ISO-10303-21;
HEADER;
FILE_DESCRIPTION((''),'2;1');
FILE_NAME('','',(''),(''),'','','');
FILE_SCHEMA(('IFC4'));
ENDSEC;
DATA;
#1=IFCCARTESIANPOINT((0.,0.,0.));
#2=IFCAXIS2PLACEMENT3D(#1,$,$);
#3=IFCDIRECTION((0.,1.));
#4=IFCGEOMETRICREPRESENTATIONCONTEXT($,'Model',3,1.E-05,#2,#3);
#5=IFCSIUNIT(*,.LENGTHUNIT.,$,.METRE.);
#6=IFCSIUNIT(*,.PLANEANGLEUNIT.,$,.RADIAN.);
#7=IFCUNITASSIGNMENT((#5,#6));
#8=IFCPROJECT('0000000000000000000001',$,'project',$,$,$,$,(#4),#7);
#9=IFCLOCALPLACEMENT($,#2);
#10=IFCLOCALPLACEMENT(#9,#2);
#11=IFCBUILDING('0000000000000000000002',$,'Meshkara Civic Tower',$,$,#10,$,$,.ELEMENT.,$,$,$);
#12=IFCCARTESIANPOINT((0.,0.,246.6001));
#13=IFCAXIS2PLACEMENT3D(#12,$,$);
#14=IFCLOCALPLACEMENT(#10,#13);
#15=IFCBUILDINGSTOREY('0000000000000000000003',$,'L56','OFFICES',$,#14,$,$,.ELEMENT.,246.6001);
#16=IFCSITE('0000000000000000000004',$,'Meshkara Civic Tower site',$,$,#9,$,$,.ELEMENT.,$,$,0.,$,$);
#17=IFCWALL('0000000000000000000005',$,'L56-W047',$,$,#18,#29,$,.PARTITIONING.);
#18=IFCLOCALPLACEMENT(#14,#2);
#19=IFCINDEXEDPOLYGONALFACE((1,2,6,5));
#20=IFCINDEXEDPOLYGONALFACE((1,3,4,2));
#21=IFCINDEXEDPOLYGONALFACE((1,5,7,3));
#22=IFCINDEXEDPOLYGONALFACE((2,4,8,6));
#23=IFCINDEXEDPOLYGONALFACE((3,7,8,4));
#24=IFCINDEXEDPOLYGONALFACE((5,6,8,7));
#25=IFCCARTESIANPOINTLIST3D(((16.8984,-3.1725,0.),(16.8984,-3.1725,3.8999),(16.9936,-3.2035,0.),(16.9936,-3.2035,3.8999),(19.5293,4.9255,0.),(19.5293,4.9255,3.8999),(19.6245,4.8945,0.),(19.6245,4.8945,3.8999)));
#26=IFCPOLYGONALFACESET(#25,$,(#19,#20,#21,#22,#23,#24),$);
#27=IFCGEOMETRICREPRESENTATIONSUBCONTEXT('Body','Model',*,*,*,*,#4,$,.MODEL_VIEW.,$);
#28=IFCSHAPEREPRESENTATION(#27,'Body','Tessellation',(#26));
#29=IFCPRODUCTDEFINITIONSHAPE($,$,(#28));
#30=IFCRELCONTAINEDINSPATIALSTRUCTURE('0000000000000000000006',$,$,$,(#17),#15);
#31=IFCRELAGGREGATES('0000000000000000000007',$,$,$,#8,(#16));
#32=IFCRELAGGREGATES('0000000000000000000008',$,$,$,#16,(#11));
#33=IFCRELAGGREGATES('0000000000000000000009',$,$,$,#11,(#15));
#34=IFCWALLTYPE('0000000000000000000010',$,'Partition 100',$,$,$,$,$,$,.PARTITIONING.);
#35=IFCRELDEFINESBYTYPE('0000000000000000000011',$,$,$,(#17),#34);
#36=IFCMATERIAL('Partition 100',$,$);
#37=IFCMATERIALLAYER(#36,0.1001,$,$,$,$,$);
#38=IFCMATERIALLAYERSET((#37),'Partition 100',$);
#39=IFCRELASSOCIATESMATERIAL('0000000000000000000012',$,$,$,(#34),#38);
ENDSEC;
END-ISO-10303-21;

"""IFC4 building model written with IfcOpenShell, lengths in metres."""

from ifc_helpers import new_model, si_unit, direction, frame, frame_2d, origin, place, context, subcontext, project, spatial, rectangle, extrude, material, layer, layer_set, type_object, element, save


model = new_model("IFC4")

# Units and contexts
model_context = context("Model", 3, precision=1e-05, world=origin(), true_north=direction((0.0, 1.0)))
body_context = subcontext(model_context, "Body", "Model", "MODEL_VIEW")
ifc_project = project(units=[si_unit("LENGTHUNIT", "METRE"), si_unit("PLANEANGLEUNIT", "RADIAN")], contexts=[model_context])

# Site, building, storey
site_placement = place(None, origin())
site = spatial("IfcSite", under=ifc_project, at=site_placement, Name="Meshkara Civic Tower site", CompositionType="ELEMENT", RefElevation=0.0)
building_placement = place(site_placement, origin())
building = spatial("IfcBuilding", under=site, at=building_placement, Name="Meshkara Civic Tower", CompositionType="ELEMENT")
storey_placement = place(building_placement, frame((0.0, 0.0, 246.6001)))
storey = spatial("IfcBuildingStorey", under=building, at=storey_placement, Name="L56", Description="OFFICES", CompositionType="ELEMENT", Elevation=246.6001)

# Wall
ifc_material_1 = material(Name="Partition 100")
ifc_layer_1 = layer(ifc_material_1, 0.1001)
ifc_layer_set_1 = layer_set([ifc_layer_1], Name="Partition 100")
wall_type_1 = type_object("IfcWallType", Name="Partition 100", PredefinedType="PARTITIONING", material=ifc_layer_set_1)
wall_1_placement = place(storey_placement, frame((16.946, -3.188, 0.0), z_axis=(0.0, 0.0, 1.0), x_axis=(0.308984, 0.951067, 0.0)))
element("IfcWall", 1, at=wall_1_placement, inside=storey, type_object=wall_type_1, Name="L56-W047", PredefinedType="PARTITIONING", context=body_context, shape_type="SweptSolid", body=[
    extrude(rectangle(XDim=8.5146, YDim=0.1001, at=frame_2d((4.2573, 0.0))), origin(), (0.0, 0.0, 1.0), 3.8999),
])

save(model, "model.ifc")
